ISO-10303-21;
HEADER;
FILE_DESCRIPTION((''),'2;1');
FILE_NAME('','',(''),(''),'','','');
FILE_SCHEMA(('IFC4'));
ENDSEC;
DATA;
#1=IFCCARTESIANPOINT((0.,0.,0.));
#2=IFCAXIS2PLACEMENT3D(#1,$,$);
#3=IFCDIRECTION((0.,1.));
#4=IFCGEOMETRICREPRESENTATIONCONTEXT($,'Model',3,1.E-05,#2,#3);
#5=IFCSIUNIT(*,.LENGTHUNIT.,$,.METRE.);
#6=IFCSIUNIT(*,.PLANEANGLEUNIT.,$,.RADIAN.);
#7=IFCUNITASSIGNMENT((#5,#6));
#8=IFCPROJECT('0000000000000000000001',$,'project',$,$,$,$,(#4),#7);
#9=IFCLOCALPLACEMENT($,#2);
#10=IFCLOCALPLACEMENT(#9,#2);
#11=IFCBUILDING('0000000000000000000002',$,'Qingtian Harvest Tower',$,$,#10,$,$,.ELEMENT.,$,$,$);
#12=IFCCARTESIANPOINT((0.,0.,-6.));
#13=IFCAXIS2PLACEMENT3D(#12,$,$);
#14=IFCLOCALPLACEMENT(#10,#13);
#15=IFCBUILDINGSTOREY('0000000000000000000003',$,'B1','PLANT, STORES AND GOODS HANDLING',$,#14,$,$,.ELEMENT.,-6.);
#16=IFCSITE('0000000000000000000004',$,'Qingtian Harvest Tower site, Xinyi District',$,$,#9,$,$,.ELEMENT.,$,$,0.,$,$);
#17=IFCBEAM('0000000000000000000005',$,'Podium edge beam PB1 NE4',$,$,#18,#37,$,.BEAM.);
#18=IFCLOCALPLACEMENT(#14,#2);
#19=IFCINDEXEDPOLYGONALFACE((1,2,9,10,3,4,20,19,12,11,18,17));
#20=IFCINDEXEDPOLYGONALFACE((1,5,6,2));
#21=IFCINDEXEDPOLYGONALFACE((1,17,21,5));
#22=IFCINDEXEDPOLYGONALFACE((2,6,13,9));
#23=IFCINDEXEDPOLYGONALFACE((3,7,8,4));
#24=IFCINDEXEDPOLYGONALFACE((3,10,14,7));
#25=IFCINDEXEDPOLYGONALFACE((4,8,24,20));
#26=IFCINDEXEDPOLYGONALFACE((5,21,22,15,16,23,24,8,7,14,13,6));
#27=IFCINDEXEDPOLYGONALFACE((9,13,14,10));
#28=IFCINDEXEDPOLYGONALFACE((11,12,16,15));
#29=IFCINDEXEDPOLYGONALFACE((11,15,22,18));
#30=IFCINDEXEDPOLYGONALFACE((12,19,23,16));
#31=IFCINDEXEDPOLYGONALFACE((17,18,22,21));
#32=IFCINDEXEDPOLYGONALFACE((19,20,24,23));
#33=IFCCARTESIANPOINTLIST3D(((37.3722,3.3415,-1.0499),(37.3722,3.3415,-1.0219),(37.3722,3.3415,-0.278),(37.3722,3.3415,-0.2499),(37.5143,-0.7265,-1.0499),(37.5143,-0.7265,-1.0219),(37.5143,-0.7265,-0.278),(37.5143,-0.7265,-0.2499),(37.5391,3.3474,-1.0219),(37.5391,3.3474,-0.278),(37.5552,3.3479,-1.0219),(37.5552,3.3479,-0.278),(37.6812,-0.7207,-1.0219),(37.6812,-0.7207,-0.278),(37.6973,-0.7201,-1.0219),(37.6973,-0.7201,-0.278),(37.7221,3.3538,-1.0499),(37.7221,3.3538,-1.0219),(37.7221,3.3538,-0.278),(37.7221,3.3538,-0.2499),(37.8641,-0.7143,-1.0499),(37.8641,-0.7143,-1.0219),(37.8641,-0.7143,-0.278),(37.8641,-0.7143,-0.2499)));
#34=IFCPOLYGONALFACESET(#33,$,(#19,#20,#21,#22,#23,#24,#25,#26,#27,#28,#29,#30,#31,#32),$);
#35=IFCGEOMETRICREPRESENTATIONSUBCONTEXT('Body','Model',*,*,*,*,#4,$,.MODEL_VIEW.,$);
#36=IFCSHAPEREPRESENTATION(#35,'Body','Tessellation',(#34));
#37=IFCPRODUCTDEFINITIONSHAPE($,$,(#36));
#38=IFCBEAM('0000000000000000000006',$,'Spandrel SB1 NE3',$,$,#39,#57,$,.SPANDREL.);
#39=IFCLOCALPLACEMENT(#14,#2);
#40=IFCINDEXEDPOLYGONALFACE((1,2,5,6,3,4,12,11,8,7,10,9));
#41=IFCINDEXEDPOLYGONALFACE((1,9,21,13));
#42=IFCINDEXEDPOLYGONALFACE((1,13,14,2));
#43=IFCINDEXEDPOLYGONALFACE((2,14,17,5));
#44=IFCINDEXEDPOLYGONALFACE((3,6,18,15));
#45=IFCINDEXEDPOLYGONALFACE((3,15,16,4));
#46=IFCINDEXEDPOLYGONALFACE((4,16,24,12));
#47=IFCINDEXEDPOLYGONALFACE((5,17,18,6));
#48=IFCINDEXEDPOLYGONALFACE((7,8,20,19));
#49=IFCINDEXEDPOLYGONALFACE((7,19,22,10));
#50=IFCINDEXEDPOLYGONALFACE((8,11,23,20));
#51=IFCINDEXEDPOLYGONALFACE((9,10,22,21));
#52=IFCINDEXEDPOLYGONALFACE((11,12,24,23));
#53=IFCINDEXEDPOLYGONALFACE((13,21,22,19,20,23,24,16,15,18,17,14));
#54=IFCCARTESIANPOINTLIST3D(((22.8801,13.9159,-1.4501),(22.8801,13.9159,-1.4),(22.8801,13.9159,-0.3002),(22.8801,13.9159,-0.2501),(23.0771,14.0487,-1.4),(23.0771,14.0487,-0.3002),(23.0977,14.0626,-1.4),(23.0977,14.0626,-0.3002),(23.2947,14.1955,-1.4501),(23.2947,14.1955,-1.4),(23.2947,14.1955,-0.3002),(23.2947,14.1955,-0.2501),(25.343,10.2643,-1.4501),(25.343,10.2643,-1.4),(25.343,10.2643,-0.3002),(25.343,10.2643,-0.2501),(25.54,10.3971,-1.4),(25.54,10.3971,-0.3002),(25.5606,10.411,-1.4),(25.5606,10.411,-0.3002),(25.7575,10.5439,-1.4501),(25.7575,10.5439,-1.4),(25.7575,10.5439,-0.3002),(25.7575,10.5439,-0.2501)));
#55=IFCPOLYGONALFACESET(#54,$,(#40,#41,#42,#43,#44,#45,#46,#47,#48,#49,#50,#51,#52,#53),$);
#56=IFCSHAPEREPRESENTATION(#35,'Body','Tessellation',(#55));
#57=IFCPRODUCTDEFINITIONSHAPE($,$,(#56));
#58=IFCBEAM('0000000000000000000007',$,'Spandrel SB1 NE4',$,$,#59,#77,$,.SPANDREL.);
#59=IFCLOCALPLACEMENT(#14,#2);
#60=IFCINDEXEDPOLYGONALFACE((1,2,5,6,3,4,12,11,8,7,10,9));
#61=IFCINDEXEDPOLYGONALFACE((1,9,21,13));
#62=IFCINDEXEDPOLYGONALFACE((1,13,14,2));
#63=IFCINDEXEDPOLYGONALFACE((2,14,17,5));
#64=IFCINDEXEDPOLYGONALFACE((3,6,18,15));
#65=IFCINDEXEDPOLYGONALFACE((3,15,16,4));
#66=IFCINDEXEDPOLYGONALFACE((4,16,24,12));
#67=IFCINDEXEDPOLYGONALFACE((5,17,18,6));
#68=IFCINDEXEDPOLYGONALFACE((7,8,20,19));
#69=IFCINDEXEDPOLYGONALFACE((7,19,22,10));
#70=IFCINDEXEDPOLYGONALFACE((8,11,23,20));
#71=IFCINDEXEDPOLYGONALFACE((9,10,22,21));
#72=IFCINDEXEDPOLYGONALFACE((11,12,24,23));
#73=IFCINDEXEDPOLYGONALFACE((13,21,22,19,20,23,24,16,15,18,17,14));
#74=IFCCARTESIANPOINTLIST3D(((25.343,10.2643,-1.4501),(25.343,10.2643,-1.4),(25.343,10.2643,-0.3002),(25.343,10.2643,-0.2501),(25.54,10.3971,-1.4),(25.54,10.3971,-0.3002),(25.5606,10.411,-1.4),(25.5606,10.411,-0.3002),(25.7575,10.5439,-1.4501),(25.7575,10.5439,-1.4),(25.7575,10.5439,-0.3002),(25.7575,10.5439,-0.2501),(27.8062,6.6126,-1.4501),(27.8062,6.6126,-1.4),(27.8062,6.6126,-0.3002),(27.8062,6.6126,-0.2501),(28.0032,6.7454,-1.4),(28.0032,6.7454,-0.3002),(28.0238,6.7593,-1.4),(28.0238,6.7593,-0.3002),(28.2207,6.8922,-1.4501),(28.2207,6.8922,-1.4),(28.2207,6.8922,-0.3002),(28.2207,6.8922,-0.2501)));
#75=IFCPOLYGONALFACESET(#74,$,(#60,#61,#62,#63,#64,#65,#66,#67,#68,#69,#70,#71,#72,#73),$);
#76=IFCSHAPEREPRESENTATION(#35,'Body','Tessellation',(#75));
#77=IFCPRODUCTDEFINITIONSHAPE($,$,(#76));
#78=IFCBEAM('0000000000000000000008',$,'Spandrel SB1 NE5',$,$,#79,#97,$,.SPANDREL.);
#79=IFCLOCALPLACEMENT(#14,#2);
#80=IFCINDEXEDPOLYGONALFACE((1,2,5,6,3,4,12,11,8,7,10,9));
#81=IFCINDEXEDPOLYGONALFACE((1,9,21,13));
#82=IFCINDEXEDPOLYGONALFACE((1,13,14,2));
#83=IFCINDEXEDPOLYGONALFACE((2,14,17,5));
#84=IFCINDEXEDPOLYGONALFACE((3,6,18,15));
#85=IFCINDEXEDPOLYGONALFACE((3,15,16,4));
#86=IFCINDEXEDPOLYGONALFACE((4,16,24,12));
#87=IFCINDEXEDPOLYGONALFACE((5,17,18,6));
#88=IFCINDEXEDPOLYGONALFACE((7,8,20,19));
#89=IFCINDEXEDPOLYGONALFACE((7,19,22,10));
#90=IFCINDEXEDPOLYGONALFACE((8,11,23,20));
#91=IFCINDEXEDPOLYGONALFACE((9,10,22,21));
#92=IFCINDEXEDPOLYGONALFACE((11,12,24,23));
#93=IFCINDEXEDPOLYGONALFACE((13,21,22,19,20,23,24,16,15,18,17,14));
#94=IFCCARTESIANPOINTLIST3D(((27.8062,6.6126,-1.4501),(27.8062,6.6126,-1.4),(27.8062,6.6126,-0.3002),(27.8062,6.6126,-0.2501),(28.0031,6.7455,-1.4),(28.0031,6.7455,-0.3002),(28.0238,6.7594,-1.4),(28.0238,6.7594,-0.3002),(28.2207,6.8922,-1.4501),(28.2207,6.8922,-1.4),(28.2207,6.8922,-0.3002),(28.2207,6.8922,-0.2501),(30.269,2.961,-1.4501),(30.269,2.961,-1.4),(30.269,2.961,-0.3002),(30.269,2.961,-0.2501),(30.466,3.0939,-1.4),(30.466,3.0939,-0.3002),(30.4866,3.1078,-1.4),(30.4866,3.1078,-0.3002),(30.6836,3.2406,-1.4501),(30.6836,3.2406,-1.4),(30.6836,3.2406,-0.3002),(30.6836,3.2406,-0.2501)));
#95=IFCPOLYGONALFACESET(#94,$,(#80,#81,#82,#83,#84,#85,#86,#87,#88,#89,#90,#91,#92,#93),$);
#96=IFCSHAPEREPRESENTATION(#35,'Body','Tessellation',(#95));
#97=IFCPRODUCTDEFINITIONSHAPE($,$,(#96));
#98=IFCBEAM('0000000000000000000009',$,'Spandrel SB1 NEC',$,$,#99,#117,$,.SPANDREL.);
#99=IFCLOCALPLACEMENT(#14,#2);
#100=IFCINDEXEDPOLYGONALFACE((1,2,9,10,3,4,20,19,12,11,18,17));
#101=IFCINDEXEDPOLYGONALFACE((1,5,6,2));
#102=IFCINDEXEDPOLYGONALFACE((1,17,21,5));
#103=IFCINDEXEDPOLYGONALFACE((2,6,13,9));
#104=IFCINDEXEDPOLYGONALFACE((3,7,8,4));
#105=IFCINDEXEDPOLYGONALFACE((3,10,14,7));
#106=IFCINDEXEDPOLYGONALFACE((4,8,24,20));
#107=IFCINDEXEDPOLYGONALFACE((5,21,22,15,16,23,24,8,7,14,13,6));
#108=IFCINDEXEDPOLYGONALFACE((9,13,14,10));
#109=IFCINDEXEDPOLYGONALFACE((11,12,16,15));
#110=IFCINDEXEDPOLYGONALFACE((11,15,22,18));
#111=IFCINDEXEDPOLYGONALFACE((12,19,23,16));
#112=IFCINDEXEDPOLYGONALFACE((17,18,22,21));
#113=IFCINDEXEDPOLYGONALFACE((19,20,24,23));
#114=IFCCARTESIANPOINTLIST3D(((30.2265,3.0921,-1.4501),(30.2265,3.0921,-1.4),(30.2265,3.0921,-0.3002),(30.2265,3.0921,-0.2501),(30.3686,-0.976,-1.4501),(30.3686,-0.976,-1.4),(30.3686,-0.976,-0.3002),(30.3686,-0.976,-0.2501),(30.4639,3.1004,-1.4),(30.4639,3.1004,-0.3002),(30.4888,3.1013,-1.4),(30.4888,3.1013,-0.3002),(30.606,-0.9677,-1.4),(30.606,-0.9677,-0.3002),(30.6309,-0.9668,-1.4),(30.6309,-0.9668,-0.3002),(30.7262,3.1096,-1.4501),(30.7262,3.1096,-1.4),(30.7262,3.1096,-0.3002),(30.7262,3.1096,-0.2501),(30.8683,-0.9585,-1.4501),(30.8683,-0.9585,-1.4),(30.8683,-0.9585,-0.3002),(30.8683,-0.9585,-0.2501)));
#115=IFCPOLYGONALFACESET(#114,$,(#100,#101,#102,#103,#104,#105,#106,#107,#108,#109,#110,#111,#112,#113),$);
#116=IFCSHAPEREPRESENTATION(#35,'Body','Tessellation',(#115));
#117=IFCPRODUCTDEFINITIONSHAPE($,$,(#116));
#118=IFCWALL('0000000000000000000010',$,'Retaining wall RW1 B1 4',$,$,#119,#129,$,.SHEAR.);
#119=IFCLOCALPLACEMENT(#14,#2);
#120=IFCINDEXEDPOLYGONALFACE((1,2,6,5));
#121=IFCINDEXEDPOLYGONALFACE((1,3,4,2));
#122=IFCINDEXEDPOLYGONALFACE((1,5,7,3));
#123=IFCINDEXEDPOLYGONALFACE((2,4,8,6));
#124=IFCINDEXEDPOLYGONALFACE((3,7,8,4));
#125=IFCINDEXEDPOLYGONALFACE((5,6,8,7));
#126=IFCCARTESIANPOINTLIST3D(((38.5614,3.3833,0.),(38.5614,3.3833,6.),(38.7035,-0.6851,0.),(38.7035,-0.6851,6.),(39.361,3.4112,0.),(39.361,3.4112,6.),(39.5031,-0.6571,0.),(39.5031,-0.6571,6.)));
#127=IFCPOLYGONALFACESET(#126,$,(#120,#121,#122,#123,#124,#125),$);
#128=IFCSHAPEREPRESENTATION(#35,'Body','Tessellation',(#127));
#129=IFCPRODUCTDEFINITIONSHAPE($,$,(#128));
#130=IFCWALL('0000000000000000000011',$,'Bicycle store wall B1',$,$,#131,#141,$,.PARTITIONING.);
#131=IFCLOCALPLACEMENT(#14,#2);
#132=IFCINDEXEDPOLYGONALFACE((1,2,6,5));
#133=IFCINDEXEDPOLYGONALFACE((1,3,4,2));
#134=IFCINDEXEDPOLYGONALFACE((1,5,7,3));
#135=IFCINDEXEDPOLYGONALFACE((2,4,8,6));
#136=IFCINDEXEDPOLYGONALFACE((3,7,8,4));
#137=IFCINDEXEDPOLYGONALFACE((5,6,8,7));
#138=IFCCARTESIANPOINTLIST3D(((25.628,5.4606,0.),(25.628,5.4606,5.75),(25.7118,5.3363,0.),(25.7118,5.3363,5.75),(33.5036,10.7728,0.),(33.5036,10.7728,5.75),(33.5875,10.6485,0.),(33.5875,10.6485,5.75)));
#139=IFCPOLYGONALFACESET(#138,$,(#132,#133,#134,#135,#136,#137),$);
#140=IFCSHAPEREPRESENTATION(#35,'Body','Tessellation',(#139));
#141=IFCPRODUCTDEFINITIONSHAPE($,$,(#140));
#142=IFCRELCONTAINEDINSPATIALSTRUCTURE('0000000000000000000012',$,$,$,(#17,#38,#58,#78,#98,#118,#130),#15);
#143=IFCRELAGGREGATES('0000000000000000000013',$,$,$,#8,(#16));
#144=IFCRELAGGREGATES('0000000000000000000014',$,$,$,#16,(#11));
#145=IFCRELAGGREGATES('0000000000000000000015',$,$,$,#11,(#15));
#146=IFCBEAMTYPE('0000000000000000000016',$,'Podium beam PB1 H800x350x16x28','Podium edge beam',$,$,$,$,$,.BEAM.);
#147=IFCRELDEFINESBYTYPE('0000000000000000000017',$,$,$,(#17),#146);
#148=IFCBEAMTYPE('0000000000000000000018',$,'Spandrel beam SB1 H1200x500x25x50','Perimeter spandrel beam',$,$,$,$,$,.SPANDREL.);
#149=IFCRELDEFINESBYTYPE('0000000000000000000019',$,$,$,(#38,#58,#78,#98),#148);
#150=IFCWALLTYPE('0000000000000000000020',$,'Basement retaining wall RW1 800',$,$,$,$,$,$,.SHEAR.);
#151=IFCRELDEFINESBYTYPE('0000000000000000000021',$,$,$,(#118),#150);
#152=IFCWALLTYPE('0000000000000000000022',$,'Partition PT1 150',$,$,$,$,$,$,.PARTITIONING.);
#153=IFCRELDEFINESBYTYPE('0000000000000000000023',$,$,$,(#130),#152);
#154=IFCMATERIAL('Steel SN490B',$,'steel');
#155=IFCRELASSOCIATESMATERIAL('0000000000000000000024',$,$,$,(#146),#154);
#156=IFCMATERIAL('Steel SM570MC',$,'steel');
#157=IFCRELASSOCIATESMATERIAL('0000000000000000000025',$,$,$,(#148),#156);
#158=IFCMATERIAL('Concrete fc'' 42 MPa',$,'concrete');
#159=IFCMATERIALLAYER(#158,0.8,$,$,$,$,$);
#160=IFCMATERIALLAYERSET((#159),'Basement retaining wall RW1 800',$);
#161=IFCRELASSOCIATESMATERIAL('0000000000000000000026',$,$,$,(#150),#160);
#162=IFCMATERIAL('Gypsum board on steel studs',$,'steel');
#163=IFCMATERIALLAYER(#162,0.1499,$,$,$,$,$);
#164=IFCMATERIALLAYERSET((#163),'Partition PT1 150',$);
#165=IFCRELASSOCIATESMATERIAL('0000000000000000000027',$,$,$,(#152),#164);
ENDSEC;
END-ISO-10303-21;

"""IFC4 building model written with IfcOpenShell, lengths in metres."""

from ifc_helpers import new_model, si_unit, direction, frame, frame_2d, origin, origin_2d, place, context, subcontext, project, spatial, rectangle, i_section, extrude, material, layer, layer_set, material_profile, profile_set, type_object, element, save


model = new_model("IFC4")

# Units and contexts
model_context = context("Model", 3, precision=1e-05, world=origin(), true_north=direction((0.0, 1.0)))
body_context = subcontext(model_context, "Body", "Model", "MODEL_VIEW")
ifc_project = project(units=[si_unit("LENGTHUNIT", "METRE"), si_unit("PLANEANGLEUNIT", "RADIAN")], contexts=[model_context])

# Site, building, storey
site_placement = place(None, origin())
site = spatial("IfcSite", under=ifc_project, at=site_placement, Name="Qingtian Harvest Tower site, Xinyi District", CompositionType="ELEMENT", RefElevation=0.0)
building_placement = place(site_placement, origin())
building = spatial("IfcBuilding", under=site, at=building_placement, Name="Qingtian Harvest Tower", CompositionType="ELEMENT")
storey_placement = place(building_placement, frame((0.0, 0.0, -6.0)))
storey = spatial("IfcBuildingStorey", under=building, at=storey_placement, Name="B1", Description="PLANT, STORES AND GOODS HANDLING", CompositionType="ELEMENT", Elevation=-6.0)

# Beams
ifc_material_1 = material(Name="Steel SN490B", Category="steel")
ifc_material_profile_1 = material_profile(ifc_material_1, i_section(OverallWidth=0.3501, OverallDepth=0.8, WebThickness=0.0161, FlangeThickness=0.0281, at=origin_2d()), Name="H800x350x16x28")
ifc_profile_set_1 = profile_set([ifc_material_profile_1], Name="Steel SN490B")
beam_type_1 = type_object("IfcBeamType", Name="Podium beam PB1 H800x350x16x28", Description="Podium edge beam", PredefinedType="BEAM", material=ifc_profile_set_1)
beam_1_placement = place(storey_placement, frame((37.5471, 3.3477, -0.6499), z_axis=(0.034906, -0.999391, 0.0), x_axis=(0.999391, 0.034906, 0.0)))
element("IfcBeam", 1, at=beam_1_placement, inside=storey, type_object=beam_type_1, Name="Podium edge beam PB1 NE4", PredefinedType="BEAM", context=body_context, shape_type="SweptSolid", body=[
    extrude(i_section(OverallWidth=0.3501, OverallDepth=0.8, WebThickness=0.0161, FlangeThickness=0.0281, at=origin_2d()), origin(), (0.0, 0.0, 1.0), 4.0706),
])
ifc_material_2 = material(Name="Steel SM570MC", Category="steel")
ifc_material_profile_2 = material_profile(ifc_material_2, i_section(OverallWidth=0.5, OverallDepth=1.2, WebThickness=0.0249, FlangeThickness=0.05, at=origin_2d()), Name="H1200x500x25x50")
ifc_profile_set_2 = profile_set([ifc_material_profile_2], Name="Steel SM570MC")
beam_type_2 = type_object("IfcBeamType", Name="Spandrel beam SB1 H1200x500x25x50", Description="Perimeter spandrel beam", PredefinedType="SPANDREL", material=ifc_profile_set_2)
beam_2_placement = place(storey_placement, frame((23.0874, 14.0557, -0.8501), z_axis=(0.559169, -0.829054, 0.0), x_axis=(0.829054, 0.559169, 0.0)))
element("IfcBeam", 2, at=beam_2_placement, inside=storey, type_object=beam_type_2, Name="Spandrel SB1 NE3", PredefinedType="SPANDREL", context=body_context, shape_type="SweptSolid", body=[
    extrude(i_section(OverallWidth=0.5, OverallDepth=1.2, WebThickness=0.0249, FlangeThickness=0.05, at=origin_2d()), origin(), (0.0, 0.0, 1.0), 4.4045),
])
beam_3_placement = place(storey_placement, frame((25.5503, 10.4041, -0.8501), z_axis=(0.559207, -0.829028, 0.0), x_axis=(0.829028, 0.559207, 0.0)))
element("IfcBeam", 3, at=beam_3_placement, inside=storey, type_object=beam_type_2, Name="Spandrel SB1 NE4", PredefinedType="SPANDREL", context=body_context, shape_type="SweptSolid", body=[
    extrude(i_section(OverallWidth=0.5, OverallDepth=1.2, WebThickness=0.0249, FlangeThickness=0.05, at=origin_2d()), origin(), (0.0, 0.0, 1.0), 4.4048),
])
beam_4_placement = place(storey_placement, frame((28.0134, 6.7524, -0.8501), z_axis=(0.559169, -0.829054, 0.0), x_axis=(0.829054, 0.559169, 0.0)))
element("IfcBeam", 4, at=beam_4_placement, inside=storey, type_object=beam_type_2, Name="Spandrel SB1 NE5", PredefinedType="SPANDREL", context=body_context, shape_type="SweptSolid", body=[
    extrude(i_section(OverallWidth=0.5, OverallDepth=1.2, WebThickness=0.0249, FlangeThickness=0.05, at=origin_2d()), origin(), (0.0, 0.0, 1.0), 4.4045),
])
beam_5_placement = place(storey_placement, frame((30.4763, 3.1008, -0.8501), z_axis=(0.034906, -0.999391, 0.0), x_axis=(0.999391, 0.034906, 0.0)))
element("IfcBeam", 5, at=beam_5_placement, inside=storey, type_object=beam_type_2, Name="Spandrel SB1 NEC", PredefinedType="SPANDREL", context=body_context, shape_type="SweptSolid", body=[
    extrude(i_section(OverallWidth=0.5, OverallDepth=1.2, WebThickness=0.0249, FlangeThickness=0.05, at=origin_2d()), origin(), (0.0, 0.0, 1.0), 4.0706),
])

# Walls
ifc_material_3 = material(Name="Concrete fc' 42 MPa", Category="concrete")
ifc_layer_1 = layer(ifc_material_3, 0.8)
ifc_layer_set_1 = layer_set([ifc_layer_1], Name="Basement retaining wall RW1 800")
wall_type_1 = type_object("IfcWallType", Name="Basement retaining wall RW1 800", PredefinedType="SHEAR", material=ifc_layer_set_1)
wall_1_placement = place(storey_placement, frame((38.9612, 3.3972, 0.0), z_axis=(0.0, 0.0, 1.0), x_axis=(0.034904, -0.999391, 0.0)))
element("IfcWall", 6, at=wall_1_placement, inside=storey, type_object=wall_type_1, Name="Retaining wall RW1 B1 4", PredefinedType="SHEAR", context=body_context, shape_type="SweptSolid", body=[
    extrude(rectangle(XDim=4.0708, YDim=0.8, at=frame_2d((2.0354, 0.0))), origin(), (0.0, 0.0, 1.0), 6.0),
])
ifc_material_4 = material(Name="Gypsum board on steel studs", Category="steel")
ifc_layer_2 = layer(ifc_material_4, 0.1499)
ifc_layer_set_2 = layer_set([ifc_layer_2], Name="Partition PT1 150")
wall_type_2 = type_object("IfcWallType", Name="Partition PT1 150", PredefinedType="PARTITIONING", material=ifc_layer_set_2)
wall_2_placement = place(storey_placement, frame((33.5457, 10.7107, 0.0), z_axis=(0.0, 0.0, 1.0), x_axis=(-0.829037, -0.559193, 0.0)))
element("IfcWall", 7, at=wall_2_placement, inside=storey, type_object=wall_type_2, Name="Bicycle store wall B1", PredefinedType="PARTITIONING", context=body_context, shape_type="SweptSolid", body=[
    extrude(rectangle(XDim=9.4998, YDim=0.1499, at=frame_2d((4.75, 0.0))), origin(), (0.0, 0.0, 1.0), 5.75),
])

save(model, "model.ifc")
